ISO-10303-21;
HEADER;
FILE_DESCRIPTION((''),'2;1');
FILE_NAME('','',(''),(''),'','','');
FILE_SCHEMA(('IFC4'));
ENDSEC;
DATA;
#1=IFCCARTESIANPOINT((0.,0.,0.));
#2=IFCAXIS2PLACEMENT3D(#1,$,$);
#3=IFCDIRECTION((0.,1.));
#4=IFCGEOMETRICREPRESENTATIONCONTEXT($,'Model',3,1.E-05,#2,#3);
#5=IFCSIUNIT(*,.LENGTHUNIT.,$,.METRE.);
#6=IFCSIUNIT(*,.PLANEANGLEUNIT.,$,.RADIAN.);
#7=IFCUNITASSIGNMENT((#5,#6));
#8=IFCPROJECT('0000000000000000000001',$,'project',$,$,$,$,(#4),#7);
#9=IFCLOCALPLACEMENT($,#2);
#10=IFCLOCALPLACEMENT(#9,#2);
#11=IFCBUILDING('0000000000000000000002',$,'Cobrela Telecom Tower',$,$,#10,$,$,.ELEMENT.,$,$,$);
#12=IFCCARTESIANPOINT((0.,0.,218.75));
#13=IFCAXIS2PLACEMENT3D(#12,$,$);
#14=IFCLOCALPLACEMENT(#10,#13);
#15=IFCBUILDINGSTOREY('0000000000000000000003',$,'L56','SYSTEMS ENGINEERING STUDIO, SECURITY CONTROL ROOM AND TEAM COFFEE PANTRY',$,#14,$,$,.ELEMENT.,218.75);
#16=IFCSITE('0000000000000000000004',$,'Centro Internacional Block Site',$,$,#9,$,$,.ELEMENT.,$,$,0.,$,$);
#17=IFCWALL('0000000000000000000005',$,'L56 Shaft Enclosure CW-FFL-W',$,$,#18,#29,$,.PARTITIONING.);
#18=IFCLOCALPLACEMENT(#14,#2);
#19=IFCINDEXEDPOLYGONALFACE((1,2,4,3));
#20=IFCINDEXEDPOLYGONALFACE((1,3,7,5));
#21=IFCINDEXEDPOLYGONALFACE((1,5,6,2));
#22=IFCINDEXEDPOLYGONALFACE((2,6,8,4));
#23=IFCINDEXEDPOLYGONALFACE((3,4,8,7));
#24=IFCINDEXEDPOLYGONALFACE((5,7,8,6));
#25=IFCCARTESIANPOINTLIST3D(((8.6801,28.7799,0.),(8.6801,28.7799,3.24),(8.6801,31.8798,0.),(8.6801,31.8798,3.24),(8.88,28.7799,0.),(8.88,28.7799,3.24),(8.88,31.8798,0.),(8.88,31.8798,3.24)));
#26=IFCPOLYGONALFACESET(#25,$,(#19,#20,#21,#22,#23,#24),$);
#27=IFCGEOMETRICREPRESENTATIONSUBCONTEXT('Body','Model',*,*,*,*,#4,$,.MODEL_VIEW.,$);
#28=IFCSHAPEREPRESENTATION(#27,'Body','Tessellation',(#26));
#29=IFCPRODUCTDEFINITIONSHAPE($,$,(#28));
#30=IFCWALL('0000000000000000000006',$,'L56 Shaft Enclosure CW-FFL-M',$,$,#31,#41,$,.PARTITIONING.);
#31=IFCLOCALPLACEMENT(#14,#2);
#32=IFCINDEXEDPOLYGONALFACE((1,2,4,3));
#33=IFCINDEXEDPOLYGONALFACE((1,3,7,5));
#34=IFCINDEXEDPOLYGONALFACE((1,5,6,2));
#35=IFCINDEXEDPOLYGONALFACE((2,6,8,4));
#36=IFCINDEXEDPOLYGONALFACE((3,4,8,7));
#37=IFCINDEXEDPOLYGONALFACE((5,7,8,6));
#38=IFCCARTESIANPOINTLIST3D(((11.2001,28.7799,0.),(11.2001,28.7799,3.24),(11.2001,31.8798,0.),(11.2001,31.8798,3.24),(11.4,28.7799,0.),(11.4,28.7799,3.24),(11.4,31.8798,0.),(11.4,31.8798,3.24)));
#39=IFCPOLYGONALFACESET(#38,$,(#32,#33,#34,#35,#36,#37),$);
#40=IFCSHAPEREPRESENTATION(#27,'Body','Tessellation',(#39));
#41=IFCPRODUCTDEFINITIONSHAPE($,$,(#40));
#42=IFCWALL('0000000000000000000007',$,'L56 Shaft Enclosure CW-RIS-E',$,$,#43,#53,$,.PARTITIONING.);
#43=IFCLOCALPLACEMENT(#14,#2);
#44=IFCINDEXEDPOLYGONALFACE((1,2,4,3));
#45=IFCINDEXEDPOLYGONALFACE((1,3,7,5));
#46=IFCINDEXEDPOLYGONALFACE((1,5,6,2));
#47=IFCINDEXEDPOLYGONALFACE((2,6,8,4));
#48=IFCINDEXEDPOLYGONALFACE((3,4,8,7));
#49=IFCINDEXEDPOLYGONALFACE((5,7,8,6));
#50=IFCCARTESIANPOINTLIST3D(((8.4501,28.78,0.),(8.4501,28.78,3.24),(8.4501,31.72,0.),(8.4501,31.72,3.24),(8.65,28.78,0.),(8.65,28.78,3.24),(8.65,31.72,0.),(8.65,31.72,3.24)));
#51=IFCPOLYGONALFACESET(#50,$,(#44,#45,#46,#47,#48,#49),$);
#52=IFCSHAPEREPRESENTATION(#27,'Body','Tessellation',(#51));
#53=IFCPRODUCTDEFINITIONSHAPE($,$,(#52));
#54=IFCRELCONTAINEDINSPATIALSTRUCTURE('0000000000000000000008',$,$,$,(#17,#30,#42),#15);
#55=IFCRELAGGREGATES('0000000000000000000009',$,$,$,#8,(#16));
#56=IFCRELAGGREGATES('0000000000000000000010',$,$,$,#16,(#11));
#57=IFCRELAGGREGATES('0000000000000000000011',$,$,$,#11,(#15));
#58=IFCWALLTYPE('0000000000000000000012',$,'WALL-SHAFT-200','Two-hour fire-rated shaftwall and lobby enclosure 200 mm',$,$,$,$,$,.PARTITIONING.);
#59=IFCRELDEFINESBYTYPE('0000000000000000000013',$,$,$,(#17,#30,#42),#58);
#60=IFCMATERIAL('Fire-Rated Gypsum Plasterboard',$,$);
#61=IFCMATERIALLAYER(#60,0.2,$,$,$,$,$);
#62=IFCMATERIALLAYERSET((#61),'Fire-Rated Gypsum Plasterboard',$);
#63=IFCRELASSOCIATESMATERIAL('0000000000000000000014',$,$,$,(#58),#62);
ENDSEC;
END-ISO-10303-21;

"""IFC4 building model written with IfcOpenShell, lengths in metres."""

from ifc_helpers import new_model, si_unit, direction, frame, frame_2d, origin, place, context, subcontext, project, spatial, rectangle, extrude, material, layer, layer_set, type_object, element, save


model = new_model("IFC4")

# Units and contexts
model_context = context("Model", 3, precision=1e-05, world=origin(), true_north=direction((0.0, 1.0)))
body_context = subcontext(model_context, "Body", "Model", "MODEL_VIEW")
ifc_project = project(units=[si_unit("LENGTHUNIT", "METRE"), si_unit("PLANEANGLEUNIT", "RADIAN")], contexts=[model_context])

# Site, building, storey
site_placement = place(None, origin())
site = spatial("IfcSite", under=ifc_project, at=site_placement, Name="Centro Internacional Block Site", CompositionType="ELEMENT", RefElevation=0.0)
building_placement = place(site_placement, origin())
building = spatial("IfcBuilding", under=site, at=building_placement, Name="Cobrela Telecom Tower", CompositionType="ELEMENT")
storey_placement = place(building_placement, frame((0.0, 0.0, 218.75)))
storey = spatial("IfcBuildingStorey", under=building, at=storey_placement, Name="L56", Description="SYSTEMS ENGINEERING STUDIO, SECURITY CONTROL ROOM AND TEAM COFFEE PANTRY", CompositionType="ELEMENT", Elevation=218.75)

# Shared definitions
ifc_material_1 = material(Name="Fire-Rated Gypsum Plasterboard")

# Shared definitions
ifc_layer_1 = layer(ifc_material_1, 0.2)
ifc_layer_set_1 = layer_set([ifc_layer_1], Name="Fire-Rated Gypsum Plasterboard")
wall_type_1 = type_object("IfcWallType", Name="WALL-SHAFT-200", Description="Two-hour fire-rated shaftwall and lobby enclosure 200 mm", PredefinedType="PARTITIONING", material=ifc_layer_set_1)

# Walls
for number, where, z_axis, x_axis, name in (
    (1, (8.78, 28.78, 0.0), (0.0, 0.0, 1.0), (0.0, 1.0, 0.0), "L56 Shaft Enclosure CW-FFL-W"),
    (2, (11.3, 28.78, 0.0), (0.0, 0.0, 1.0), (0.0, 1.0, 0.0), "L56 Shaft Enclosure CW-FFL-M"),
):
    element("IfcWall", number, at=place(storey_placement, frame(where, z_axis=z_axis, x_axis=x_axis)), inside=storey, type_object=wall_type_1, Name=name, PredefinedType="PARTITIONING", context=body_context, shape_type="SweptSolid", body=[
        extrude(rectangle(XDim=3.0999, YDim=0.2, at=frame_2d((1.5498, 0.0))), origin(), (0.0, 0.0, 1.0), 3.24),
    ])
wall_1_placement = place(storey_placement, frame((8.55, 28.78, 0.0), z_axis=(0.0, 0.0, 1.0), x_axis=(0.0, 1.0, 0.0)))
element("IfcWall", 3, at=wall_1_placement, inside=storey, type_object=wall_type_1, Name="L56 Shaft Enclosure CW-RIS-E", PredefinedType="PARTITIONING", context=body_context, shape_type="SweptSolid", body=[
    extrude(rectangle(XDim=2.9399, YDim=0.2, at=frame_2d((1.47, 0.0))), origin(), (0.0, 0.0, 1.0), 3.24),
])

save(model, "model.ifc")
